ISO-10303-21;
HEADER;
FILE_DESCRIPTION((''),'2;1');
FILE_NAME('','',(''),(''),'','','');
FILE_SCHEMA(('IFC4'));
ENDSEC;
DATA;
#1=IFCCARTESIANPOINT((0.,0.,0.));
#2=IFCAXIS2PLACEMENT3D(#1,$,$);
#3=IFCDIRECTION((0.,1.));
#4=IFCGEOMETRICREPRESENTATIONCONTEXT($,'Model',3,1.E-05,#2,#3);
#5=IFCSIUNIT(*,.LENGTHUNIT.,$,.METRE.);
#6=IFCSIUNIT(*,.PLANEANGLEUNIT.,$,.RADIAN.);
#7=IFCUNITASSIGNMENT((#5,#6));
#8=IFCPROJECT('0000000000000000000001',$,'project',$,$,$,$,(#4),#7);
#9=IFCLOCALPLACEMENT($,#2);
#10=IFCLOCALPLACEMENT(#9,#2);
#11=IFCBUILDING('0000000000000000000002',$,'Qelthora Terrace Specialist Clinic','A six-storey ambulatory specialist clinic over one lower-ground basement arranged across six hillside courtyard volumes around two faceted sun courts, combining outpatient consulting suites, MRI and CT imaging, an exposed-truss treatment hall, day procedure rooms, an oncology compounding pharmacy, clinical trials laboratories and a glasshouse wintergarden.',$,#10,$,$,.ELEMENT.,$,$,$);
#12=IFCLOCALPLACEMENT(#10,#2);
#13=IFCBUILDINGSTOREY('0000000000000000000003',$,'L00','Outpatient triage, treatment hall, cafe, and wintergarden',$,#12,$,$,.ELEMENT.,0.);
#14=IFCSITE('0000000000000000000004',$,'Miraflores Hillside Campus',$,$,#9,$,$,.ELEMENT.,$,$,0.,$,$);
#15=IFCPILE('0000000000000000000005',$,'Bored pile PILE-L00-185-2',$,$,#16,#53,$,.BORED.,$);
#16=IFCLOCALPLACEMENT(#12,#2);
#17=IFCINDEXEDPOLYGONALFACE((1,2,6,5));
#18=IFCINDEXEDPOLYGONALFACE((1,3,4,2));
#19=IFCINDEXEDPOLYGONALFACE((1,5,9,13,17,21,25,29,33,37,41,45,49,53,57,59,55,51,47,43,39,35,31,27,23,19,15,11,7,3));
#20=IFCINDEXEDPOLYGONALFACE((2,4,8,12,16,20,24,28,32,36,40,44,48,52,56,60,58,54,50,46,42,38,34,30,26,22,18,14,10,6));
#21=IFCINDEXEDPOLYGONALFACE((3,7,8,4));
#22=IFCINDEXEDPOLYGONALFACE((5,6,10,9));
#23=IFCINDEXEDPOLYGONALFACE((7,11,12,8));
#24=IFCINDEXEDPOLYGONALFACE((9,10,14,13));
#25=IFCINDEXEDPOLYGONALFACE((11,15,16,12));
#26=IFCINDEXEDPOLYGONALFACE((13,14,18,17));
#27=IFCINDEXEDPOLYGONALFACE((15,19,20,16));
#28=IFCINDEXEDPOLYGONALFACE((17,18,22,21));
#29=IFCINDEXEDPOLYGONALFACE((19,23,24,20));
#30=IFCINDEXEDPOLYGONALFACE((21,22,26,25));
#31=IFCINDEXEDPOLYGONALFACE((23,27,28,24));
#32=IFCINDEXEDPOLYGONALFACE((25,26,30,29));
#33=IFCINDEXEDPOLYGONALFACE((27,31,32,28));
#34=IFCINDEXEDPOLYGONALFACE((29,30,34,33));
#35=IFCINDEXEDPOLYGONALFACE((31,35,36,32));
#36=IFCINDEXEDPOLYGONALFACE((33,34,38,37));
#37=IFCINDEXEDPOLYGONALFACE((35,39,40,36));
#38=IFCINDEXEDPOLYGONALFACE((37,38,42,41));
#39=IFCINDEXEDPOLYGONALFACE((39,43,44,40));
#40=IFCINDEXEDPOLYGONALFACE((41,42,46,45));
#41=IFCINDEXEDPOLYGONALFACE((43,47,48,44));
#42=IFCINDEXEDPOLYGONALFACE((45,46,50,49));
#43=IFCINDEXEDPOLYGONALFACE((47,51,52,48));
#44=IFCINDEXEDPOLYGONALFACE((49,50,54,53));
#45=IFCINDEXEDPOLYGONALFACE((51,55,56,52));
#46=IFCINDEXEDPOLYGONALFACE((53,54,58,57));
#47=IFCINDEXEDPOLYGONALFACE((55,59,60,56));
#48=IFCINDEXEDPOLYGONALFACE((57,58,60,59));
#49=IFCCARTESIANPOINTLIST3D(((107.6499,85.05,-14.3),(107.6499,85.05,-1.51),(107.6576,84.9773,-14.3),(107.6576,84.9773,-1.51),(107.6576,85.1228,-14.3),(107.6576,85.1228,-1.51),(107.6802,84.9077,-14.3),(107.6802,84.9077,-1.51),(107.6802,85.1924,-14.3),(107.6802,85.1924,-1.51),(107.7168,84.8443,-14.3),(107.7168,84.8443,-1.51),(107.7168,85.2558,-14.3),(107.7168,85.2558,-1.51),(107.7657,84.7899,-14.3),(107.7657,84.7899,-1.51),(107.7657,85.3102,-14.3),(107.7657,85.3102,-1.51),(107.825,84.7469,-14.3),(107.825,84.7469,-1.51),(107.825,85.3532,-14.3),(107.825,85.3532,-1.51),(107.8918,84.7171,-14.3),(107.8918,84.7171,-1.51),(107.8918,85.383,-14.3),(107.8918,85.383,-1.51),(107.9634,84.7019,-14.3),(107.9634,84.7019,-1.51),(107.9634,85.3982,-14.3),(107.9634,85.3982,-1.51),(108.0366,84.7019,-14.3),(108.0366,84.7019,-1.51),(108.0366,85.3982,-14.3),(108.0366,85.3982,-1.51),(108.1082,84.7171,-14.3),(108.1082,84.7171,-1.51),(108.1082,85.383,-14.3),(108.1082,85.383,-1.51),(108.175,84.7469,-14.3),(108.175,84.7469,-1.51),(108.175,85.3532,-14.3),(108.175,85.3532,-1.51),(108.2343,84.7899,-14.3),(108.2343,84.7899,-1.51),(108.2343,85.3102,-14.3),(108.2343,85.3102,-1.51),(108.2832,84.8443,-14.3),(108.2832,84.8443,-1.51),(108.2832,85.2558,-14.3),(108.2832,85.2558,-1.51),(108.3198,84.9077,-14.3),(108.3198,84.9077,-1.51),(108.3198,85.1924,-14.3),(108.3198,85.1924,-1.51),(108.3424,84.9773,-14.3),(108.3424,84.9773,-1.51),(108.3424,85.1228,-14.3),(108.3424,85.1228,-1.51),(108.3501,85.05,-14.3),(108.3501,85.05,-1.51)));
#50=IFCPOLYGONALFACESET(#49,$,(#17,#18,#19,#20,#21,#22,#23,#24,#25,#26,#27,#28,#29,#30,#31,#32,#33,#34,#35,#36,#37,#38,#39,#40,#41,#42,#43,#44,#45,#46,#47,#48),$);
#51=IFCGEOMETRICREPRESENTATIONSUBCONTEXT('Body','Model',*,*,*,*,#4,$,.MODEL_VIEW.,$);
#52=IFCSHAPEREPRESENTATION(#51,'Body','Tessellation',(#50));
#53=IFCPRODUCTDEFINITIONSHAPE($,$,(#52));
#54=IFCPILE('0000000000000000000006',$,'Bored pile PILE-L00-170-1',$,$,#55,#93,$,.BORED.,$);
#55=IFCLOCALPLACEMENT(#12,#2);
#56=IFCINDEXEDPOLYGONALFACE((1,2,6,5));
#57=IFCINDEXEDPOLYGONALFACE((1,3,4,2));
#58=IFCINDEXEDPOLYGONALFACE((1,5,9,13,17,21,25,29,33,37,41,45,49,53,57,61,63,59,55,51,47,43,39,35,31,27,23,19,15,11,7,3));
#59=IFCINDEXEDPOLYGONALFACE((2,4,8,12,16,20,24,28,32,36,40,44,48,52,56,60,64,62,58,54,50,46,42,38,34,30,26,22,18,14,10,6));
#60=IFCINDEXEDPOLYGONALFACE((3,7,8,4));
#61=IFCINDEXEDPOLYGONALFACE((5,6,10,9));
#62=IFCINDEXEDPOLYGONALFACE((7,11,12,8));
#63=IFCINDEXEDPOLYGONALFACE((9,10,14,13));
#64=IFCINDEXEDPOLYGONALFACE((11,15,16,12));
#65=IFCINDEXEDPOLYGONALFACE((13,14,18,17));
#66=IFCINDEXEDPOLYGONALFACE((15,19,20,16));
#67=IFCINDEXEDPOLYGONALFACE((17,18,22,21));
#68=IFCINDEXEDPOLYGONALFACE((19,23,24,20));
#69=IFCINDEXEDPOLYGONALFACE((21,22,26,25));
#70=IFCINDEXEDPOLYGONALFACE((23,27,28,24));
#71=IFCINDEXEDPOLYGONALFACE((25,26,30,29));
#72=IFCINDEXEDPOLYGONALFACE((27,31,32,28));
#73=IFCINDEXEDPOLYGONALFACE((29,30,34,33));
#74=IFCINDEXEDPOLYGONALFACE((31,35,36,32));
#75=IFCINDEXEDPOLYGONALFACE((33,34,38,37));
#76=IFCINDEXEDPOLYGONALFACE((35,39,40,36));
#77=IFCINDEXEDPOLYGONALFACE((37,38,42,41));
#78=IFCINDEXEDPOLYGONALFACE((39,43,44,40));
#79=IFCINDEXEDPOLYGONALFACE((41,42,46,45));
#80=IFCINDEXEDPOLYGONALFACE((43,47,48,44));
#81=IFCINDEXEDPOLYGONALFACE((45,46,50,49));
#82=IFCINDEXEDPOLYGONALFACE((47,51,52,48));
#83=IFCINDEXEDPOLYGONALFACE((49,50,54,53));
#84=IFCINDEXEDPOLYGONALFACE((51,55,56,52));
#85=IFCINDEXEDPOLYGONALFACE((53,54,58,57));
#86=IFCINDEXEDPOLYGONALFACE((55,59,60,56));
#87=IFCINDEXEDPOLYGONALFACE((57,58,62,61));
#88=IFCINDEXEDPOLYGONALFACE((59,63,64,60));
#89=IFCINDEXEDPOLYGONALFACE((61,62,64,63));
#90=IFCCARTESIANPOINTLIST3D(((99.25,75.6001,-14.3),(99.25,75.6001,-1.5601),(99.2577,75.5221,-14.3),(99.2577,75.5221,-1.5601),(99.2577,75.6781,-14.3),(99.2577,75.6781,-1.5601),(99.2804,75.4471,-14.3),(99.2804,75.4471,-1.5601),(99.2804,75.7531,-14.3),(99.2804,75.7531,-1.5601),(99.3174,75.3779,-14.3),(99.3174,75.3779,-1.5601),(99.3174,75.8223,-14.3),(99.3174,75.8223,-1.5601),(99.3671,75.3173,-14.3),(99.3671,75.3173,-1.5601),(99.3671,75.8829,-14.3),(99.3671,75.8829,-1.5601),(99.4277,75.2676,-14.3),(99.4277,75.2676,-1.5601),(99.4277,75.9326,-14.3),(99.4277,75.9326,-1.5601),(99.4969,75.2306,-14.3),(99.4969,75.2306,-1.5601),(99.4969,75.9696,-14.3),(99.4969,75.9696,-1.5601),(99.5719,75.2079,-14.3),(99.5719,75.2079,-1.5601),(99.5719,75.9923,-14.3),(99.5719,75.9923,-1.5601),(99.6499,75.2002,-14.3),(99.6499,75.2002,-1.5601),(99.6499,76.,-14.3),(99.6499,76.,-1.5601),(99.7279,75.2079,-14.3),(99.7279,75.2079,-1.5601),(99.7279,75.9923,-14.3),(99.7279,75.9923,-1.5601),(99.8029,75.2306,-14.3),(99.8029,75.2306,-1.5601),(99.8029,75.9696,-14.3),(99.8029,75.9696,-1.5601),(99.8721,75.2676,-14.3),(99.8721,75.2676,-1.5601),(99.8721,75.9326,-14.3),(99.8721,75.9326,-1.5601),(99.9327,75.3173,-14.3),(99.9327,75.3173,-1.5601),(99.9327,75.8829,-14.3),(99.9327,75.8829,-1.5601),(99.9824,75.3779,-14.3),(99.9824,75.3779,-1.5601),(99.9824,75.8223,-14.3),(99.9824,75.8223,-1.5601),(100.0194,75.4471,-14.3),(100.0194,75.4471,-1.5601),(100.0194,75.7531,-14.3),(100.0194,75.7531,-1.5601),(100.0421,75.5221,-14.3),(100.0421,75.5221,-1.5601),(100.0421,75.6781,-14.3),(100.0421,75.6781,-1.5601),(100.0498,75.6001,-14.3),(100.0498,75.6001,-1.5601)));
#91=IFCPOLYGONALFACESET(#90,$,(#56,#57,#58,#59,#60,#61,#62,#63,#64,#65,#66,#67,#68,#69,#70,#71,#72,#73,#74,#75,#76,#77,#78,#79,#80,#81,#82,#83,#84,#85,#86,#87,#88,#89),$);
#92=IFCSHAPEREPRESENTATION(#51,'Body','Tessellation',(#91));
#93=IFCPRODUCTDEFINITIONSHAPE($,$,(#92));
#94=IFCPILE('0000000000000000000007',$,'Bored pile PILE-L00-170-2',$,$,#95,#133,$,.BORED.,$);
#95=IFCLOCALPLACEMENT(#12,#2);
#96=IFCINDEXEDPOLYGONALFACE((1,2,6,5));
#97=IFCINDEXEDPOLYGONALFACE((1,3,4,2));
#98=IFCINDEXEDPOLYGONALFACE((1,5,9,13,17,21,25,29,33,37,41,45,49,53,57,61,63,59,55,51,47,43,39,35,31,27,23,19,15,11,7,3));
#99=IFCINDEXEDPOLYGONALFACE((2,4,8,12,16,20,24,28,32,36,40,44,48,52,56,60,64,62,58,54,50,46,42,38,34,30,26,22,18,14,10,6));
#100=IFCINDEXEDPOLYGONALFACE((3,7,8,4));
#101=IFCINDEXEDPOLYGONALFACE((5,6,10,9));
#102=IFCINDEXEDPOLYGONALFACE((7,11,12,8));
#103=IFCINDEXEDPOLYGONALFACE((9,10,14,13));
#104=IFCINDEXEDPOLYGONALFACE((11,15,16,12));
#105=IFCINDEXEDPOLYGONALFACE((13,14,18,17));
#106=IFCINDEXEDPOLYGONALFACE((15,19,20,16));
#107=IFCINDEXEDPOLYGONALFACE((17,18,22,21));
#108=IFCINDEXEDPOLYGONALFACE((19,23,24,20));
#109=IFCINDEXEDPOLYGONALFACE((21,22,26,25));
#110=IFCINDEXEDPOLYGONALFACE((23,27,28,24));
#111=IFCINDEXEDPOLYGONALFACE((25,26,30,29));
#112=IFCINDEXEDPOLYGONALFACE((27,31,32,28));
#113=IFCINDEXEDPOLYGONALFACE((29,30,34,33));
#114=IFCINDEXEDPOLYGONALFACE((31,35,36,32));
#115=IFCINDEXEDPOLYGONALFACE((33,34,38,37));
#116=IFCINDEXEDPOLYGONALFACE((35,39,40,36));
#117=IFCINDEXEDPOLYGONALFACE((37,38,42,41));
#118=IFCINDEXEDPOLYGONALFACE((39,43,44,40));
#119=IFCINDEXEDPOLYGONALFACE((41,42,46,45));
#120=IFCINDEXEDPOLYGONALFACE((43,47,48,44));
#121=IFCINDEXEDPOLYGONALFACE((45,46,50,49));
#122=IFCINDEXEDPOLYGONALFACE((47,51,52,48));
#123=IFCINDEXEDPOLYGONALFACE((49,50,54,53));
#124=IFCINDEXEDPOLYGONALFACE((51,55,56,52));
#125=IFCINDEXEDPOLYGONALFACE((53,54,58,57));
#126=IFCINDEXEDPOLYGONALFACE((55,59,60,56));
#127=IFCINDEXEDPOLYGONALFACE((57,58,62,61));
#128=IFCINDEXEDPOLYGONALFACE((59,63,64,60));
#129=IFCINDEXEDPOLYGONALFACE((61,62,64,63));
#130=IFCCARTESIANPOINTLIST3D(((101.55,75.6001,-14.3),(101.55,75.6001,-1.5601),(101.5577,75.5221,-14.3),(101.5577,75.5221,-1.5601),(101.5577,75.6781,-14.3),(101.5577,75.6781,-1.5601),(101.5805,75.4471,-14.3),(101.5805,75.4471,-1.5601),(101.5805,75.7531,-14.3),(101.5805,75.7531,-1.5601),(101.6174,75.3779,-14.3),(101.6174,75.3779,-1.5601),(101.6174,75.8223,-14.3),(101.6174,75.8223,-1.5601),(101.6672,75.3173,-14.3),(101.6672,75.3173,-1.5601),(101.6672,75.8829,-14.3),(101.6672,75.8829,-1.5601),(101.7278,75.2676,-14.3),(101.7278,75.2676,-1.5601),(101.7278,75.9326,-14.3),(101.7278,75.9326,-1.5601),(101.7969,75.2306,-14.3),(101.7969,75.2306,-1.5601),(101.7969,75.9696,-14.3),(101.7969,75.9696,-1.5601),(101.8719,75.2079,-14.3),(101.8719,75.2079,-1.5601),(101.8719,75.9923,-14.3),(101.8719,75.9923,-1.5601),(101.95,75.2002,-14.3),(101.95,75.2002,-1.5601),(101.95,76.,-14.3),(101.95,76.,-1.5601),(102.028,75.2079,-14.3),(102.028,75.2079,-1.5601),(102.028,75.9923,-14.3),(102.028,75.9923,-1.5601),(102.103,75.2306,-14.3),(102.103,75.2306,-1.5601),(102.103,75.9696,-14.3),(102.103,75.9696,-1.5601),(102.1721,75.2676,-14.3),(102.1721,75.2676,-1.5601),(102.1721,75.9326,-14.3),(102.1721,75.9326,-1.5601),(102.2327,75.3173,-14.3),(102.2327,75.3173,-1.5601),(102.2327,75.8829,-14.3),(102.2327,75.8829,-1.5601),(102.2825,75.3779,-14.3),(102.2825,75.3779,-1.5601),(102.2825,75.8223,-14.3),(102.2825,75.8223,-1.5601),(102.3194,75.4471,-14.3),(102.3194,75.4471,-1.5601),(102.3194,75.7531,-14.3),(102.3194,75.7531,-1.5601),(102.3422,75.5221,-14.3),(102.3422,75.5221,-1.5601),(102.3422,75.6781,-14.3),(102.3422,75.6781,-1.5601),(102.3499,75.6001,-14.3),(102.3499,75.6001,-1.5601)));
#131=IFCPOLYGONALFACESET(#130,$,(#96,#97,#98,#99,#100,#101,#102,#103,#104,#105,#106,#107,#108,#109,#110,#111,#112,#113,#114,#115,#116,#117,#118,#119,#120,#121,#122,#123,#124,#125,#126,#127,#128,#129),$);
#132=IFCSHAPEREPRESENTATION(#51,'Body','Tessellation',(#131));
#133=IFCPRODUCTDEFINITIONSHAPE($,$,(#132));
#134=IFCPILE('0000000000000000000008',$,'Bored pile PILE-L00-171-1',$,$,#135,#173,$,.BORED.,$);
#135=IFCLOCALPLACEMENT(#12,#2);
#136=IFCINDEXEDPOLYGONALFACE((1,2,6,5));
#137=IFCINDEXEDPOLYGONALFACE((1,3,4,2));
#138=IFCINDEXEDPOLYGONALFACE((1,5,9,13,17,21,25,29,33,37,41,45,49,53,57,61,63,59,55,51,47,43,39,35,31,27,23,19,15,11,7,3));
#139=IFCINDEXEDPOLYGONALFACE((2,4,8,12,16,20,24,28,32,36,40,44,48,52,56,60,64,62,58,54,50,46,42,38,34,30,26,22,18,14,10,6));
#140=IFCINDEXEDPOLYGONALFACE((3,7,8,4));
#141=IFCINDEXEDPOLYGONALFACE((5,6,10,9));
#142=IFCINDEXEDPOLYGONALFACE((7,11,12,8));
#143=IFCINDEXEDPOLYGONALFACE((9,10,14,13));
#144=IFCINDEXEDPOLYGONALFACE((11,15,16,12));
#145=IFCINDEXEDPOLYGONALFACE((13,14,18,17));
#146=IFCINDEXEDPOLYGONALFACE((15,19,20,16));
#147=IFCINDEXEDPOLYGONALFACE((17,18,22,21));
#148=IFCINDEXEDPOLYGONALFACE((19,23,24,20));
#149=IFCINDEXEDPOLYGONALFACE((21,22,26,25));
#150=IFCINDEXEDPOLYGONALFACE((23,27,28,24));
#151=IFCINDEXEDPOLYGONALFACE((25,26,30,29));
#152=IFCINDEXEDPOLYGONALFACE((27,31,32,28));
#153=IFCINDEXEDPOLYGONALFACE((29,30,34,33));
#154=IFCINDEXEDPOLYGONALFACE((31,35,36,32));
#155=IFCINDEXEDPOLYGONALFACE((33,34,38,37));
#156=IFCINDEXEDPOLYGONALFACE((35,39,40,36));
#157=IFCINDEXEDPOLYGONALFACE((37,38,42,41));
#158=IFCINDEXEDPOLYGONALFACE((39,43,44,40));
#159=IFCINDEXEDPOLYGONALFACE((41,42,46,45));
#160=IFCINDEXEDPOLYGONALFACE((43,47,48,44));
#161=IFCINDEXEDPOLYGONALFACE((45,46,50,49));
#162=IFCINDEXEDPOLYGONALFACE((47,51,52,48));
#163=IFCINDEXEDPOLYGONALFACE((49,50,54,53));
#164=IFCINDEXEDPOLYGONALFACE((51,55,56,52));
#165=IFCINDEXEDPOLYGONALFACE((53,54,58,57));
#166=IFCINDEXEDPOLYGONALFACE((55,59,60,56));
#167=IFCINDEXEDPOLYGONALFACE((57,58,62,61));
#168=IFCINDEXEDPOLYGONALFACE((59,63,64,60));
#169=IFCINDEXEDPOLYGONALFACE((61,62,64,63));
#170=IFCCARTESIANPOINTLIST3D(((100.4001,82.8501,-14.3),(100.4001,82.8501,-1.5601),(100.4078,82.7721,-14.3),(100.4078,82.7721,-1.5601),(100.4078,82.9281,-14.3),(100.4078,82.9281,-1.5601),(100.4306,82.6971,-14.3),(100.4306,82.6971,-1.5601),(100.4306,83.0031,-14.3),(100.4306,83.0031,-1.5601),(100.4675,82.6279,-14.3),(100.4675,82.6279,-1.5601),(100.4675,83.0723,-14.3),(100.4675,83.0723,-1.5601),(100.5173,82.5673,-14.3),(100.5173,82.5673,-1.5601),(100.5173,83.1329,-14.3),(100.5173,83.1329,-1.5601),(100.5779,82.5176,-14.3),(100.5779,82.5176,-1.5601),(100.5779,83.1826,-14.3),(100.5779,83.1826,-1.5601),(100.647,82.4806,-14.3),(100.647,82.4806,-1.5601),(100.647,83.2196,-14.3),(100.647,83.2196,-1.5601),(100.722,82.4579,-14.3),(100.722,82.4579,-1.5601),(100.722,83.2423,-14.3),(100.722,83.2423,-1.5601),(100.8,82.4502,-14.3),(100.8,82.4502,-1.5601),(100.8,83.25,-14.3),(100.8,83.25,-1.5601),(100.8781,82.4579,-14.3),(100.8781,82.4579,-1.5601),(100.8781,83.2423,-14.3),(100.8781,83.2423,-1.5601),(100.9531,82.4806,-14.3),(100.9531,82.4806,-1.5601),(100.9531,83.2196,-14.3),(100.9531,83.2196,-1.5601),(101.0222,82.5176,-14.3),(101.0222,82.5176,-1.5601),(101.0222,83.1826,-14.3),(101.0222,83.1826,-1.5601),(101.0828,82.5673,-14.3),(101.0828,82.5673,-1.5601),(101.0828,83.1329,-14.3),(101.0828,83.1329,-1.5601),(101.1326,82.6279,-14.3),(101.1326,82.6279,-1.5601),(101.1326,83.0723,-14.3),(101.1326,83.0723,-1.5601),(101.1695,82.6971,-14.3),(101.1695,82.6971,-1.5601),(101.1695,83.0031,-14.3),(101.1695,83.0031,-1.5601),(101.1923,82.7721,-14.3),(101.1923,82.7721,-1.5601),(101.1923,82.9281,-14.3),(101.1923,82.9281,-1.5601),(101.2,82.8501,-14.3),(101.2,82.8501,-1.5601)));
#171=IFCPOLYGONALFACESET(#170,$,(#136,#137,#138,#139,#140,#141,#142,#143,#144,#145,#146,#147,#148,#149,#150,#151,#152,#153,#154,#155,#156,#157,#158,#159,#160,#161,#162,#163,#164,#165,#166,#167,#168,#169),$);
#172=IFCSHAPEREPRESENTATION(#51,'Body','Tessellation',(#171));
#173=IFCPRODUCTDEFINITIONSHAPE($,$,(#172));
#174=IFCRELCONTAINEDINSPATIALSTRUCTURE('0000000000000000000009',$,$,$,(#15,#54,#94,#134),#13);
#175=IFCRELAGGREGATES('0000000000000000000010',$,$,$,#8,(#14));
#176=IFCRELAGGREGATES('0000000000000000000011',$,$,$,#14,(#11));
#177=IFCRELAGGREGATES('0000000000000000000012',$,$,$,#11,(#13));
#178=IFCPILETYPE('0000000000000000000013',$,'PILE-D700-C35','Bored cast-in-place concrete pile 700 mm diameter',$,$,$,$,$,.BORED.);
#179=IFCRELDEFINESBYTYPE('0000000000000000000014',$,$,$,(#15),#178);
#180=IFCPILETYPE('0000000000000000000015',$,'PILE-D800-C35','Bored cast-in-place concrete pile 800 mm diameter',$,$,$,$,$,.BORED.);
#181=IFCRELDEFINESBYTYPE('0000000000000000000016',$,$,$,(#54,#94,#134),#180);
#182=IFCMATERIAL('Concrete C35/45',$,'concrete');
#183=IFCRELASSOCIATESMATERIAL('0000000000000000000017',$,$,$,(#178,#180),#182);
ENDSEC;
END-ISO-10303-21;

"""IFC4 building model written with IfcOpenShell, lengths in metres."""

from ifc_helpers import new_model, si_unit, direction, frame, origin, origin_2d, place, context, subcontext, project, spatial, circle, extrude, material, material_profile, profile_set, type_object, element, save


model = new_model("IFC4")

# Units and contexts
model_context = context("Model", 3, precision=1e-05, world=origin(), true_north=direction((0.0, 1.0)))
body_context = subcontext(model_context, "Body", "Model", "MODEL_VIEW")
ifc_project = project(units=[si_unit("LENGTHUNIT", "METRE"), si_unit("PLANEANGLEUNIT", "RADIAN")], contexts=[model_context])

# Site, building, storey
site_placement = place(None, origin())
site = spatial("IfcSite", under=ifc_project, at=site_placement, Name="Miraflores Hillside Campus", CompositionType="ELEMENT", RefElevation=0.0)
building_placement = place(site_placement, origin())
building = spatial("IfcBuilding", under=site, at=building_placement, Name="Qelthora Terrace Specialist Clinic", Description="A six-storey ambulatory specialist clinic over one lower-ground basement arranged across six hillside courtyard volumes around two faceted sun courts, combining outpatient consulting suites, MRI and CT imaging, an exposed-truss treatment hall, day procedure rooms, an oncology compounding pharmacy, clinical trials laboratories and a glasshouse wintergarden.", CompositionType="ELEMENT")
storey_placement = place(building_placement, origin())
storey = spatial("IfcBuildingStorey", under=building, at=storey_placement, Name="L00", Description="Outpatient triage, treatment hall, cafe, and wintergarden", CompositionType="ELEMENT", Elevation=0.0)

# Shared definitions
ifc_material_1 = material(Name="Concrete C35/45", Category="concrete")

# Piles
ifc_material_profile_1 = material_profile(ifc_material_1, circle(Radius=0.3501, at=origin_2d()), Name="PILE700")
ifc_profile_set_1 = profile_set([ifc_material_profile_1], Name="Concrete C35/45")
pile_type_1 = type_object("IfcPileType", Name="PILE-D700-C35", Description="Bored cast-in-place concrete pile 700 mm diameter", PredefinedType="BORED", material=ifc_profile_set_1)
for number, where, z_axis, x_axis, name in (
    (1, (108.0, 85.05, -1.51), (0.0, 0.0, -1.0), (1.0, 0.0, 0.0), "Bored pile PILE-L00-185-2"),
):
    element("IfcPile", number, at=place(storey_placement, frame(where, z_axis=z_axis, x_axis=x_axis)), inside=storey, type_object=pile_type_1, Name=name, PredefinedType="BORED", context=body_context, shape_type="SweptSolid", body=[
        extrude(circle(Radius=0.3501, at=origin_2d()), origin(), (0.0, 0.0, 1.0), 12.79),
    ])
ifc_material_profile_2 = material_profile(ifc_material_1, circle(Radius=0.3999, at=origin_2d()), Name="PILE800")
ifc_profile_set_2 = profile_set([ifc_material_profile_2], Name="Concrete C35/45")
pile_type_2 = type_object("IfcPileType", Name="PILE-D800-C35", Description="Bored cast-in-place concrete pile 800 mm diameter", PredefinedType="BORED", material=ifc_profile_set_2)
for number, where, z_axis, x_axis, name in (
    (2, (99.6499, 75.6001, -1.5601), (0.0, 0.0, -1.0), (1.0, 0.0, 0.0), "Bored pile PILE-L00-170-1"),
    (3, (101.95, 75.6001, -1.5601), (0.0, 0.0, -1.0), (1.0, 0.0, 0.0), "Bored pile PILE-L00-170-2"),
    (4, (100.8, 82.8501, -1.5601), (0.0, 0.0, -1.0), (1.0, 0.0, 0.0), "Bored pile PILE-L00-171-1"),
):
    element("IfcPile", number, at=place(storey_placement, frame(where, z_axis=z_axis, x_axis=x_axis)), inside=storey, type_object=pile_type_2, Name=name, PredefinedType="BORED", context=body_context, shape_type="SweptSolid", body=[
        extrude(circle(Radius=0.3999, at=origin_2d()), origin(), (0.0, 0.0, 1.0), 12.74),
    ])

save(model, "model.ifc")
